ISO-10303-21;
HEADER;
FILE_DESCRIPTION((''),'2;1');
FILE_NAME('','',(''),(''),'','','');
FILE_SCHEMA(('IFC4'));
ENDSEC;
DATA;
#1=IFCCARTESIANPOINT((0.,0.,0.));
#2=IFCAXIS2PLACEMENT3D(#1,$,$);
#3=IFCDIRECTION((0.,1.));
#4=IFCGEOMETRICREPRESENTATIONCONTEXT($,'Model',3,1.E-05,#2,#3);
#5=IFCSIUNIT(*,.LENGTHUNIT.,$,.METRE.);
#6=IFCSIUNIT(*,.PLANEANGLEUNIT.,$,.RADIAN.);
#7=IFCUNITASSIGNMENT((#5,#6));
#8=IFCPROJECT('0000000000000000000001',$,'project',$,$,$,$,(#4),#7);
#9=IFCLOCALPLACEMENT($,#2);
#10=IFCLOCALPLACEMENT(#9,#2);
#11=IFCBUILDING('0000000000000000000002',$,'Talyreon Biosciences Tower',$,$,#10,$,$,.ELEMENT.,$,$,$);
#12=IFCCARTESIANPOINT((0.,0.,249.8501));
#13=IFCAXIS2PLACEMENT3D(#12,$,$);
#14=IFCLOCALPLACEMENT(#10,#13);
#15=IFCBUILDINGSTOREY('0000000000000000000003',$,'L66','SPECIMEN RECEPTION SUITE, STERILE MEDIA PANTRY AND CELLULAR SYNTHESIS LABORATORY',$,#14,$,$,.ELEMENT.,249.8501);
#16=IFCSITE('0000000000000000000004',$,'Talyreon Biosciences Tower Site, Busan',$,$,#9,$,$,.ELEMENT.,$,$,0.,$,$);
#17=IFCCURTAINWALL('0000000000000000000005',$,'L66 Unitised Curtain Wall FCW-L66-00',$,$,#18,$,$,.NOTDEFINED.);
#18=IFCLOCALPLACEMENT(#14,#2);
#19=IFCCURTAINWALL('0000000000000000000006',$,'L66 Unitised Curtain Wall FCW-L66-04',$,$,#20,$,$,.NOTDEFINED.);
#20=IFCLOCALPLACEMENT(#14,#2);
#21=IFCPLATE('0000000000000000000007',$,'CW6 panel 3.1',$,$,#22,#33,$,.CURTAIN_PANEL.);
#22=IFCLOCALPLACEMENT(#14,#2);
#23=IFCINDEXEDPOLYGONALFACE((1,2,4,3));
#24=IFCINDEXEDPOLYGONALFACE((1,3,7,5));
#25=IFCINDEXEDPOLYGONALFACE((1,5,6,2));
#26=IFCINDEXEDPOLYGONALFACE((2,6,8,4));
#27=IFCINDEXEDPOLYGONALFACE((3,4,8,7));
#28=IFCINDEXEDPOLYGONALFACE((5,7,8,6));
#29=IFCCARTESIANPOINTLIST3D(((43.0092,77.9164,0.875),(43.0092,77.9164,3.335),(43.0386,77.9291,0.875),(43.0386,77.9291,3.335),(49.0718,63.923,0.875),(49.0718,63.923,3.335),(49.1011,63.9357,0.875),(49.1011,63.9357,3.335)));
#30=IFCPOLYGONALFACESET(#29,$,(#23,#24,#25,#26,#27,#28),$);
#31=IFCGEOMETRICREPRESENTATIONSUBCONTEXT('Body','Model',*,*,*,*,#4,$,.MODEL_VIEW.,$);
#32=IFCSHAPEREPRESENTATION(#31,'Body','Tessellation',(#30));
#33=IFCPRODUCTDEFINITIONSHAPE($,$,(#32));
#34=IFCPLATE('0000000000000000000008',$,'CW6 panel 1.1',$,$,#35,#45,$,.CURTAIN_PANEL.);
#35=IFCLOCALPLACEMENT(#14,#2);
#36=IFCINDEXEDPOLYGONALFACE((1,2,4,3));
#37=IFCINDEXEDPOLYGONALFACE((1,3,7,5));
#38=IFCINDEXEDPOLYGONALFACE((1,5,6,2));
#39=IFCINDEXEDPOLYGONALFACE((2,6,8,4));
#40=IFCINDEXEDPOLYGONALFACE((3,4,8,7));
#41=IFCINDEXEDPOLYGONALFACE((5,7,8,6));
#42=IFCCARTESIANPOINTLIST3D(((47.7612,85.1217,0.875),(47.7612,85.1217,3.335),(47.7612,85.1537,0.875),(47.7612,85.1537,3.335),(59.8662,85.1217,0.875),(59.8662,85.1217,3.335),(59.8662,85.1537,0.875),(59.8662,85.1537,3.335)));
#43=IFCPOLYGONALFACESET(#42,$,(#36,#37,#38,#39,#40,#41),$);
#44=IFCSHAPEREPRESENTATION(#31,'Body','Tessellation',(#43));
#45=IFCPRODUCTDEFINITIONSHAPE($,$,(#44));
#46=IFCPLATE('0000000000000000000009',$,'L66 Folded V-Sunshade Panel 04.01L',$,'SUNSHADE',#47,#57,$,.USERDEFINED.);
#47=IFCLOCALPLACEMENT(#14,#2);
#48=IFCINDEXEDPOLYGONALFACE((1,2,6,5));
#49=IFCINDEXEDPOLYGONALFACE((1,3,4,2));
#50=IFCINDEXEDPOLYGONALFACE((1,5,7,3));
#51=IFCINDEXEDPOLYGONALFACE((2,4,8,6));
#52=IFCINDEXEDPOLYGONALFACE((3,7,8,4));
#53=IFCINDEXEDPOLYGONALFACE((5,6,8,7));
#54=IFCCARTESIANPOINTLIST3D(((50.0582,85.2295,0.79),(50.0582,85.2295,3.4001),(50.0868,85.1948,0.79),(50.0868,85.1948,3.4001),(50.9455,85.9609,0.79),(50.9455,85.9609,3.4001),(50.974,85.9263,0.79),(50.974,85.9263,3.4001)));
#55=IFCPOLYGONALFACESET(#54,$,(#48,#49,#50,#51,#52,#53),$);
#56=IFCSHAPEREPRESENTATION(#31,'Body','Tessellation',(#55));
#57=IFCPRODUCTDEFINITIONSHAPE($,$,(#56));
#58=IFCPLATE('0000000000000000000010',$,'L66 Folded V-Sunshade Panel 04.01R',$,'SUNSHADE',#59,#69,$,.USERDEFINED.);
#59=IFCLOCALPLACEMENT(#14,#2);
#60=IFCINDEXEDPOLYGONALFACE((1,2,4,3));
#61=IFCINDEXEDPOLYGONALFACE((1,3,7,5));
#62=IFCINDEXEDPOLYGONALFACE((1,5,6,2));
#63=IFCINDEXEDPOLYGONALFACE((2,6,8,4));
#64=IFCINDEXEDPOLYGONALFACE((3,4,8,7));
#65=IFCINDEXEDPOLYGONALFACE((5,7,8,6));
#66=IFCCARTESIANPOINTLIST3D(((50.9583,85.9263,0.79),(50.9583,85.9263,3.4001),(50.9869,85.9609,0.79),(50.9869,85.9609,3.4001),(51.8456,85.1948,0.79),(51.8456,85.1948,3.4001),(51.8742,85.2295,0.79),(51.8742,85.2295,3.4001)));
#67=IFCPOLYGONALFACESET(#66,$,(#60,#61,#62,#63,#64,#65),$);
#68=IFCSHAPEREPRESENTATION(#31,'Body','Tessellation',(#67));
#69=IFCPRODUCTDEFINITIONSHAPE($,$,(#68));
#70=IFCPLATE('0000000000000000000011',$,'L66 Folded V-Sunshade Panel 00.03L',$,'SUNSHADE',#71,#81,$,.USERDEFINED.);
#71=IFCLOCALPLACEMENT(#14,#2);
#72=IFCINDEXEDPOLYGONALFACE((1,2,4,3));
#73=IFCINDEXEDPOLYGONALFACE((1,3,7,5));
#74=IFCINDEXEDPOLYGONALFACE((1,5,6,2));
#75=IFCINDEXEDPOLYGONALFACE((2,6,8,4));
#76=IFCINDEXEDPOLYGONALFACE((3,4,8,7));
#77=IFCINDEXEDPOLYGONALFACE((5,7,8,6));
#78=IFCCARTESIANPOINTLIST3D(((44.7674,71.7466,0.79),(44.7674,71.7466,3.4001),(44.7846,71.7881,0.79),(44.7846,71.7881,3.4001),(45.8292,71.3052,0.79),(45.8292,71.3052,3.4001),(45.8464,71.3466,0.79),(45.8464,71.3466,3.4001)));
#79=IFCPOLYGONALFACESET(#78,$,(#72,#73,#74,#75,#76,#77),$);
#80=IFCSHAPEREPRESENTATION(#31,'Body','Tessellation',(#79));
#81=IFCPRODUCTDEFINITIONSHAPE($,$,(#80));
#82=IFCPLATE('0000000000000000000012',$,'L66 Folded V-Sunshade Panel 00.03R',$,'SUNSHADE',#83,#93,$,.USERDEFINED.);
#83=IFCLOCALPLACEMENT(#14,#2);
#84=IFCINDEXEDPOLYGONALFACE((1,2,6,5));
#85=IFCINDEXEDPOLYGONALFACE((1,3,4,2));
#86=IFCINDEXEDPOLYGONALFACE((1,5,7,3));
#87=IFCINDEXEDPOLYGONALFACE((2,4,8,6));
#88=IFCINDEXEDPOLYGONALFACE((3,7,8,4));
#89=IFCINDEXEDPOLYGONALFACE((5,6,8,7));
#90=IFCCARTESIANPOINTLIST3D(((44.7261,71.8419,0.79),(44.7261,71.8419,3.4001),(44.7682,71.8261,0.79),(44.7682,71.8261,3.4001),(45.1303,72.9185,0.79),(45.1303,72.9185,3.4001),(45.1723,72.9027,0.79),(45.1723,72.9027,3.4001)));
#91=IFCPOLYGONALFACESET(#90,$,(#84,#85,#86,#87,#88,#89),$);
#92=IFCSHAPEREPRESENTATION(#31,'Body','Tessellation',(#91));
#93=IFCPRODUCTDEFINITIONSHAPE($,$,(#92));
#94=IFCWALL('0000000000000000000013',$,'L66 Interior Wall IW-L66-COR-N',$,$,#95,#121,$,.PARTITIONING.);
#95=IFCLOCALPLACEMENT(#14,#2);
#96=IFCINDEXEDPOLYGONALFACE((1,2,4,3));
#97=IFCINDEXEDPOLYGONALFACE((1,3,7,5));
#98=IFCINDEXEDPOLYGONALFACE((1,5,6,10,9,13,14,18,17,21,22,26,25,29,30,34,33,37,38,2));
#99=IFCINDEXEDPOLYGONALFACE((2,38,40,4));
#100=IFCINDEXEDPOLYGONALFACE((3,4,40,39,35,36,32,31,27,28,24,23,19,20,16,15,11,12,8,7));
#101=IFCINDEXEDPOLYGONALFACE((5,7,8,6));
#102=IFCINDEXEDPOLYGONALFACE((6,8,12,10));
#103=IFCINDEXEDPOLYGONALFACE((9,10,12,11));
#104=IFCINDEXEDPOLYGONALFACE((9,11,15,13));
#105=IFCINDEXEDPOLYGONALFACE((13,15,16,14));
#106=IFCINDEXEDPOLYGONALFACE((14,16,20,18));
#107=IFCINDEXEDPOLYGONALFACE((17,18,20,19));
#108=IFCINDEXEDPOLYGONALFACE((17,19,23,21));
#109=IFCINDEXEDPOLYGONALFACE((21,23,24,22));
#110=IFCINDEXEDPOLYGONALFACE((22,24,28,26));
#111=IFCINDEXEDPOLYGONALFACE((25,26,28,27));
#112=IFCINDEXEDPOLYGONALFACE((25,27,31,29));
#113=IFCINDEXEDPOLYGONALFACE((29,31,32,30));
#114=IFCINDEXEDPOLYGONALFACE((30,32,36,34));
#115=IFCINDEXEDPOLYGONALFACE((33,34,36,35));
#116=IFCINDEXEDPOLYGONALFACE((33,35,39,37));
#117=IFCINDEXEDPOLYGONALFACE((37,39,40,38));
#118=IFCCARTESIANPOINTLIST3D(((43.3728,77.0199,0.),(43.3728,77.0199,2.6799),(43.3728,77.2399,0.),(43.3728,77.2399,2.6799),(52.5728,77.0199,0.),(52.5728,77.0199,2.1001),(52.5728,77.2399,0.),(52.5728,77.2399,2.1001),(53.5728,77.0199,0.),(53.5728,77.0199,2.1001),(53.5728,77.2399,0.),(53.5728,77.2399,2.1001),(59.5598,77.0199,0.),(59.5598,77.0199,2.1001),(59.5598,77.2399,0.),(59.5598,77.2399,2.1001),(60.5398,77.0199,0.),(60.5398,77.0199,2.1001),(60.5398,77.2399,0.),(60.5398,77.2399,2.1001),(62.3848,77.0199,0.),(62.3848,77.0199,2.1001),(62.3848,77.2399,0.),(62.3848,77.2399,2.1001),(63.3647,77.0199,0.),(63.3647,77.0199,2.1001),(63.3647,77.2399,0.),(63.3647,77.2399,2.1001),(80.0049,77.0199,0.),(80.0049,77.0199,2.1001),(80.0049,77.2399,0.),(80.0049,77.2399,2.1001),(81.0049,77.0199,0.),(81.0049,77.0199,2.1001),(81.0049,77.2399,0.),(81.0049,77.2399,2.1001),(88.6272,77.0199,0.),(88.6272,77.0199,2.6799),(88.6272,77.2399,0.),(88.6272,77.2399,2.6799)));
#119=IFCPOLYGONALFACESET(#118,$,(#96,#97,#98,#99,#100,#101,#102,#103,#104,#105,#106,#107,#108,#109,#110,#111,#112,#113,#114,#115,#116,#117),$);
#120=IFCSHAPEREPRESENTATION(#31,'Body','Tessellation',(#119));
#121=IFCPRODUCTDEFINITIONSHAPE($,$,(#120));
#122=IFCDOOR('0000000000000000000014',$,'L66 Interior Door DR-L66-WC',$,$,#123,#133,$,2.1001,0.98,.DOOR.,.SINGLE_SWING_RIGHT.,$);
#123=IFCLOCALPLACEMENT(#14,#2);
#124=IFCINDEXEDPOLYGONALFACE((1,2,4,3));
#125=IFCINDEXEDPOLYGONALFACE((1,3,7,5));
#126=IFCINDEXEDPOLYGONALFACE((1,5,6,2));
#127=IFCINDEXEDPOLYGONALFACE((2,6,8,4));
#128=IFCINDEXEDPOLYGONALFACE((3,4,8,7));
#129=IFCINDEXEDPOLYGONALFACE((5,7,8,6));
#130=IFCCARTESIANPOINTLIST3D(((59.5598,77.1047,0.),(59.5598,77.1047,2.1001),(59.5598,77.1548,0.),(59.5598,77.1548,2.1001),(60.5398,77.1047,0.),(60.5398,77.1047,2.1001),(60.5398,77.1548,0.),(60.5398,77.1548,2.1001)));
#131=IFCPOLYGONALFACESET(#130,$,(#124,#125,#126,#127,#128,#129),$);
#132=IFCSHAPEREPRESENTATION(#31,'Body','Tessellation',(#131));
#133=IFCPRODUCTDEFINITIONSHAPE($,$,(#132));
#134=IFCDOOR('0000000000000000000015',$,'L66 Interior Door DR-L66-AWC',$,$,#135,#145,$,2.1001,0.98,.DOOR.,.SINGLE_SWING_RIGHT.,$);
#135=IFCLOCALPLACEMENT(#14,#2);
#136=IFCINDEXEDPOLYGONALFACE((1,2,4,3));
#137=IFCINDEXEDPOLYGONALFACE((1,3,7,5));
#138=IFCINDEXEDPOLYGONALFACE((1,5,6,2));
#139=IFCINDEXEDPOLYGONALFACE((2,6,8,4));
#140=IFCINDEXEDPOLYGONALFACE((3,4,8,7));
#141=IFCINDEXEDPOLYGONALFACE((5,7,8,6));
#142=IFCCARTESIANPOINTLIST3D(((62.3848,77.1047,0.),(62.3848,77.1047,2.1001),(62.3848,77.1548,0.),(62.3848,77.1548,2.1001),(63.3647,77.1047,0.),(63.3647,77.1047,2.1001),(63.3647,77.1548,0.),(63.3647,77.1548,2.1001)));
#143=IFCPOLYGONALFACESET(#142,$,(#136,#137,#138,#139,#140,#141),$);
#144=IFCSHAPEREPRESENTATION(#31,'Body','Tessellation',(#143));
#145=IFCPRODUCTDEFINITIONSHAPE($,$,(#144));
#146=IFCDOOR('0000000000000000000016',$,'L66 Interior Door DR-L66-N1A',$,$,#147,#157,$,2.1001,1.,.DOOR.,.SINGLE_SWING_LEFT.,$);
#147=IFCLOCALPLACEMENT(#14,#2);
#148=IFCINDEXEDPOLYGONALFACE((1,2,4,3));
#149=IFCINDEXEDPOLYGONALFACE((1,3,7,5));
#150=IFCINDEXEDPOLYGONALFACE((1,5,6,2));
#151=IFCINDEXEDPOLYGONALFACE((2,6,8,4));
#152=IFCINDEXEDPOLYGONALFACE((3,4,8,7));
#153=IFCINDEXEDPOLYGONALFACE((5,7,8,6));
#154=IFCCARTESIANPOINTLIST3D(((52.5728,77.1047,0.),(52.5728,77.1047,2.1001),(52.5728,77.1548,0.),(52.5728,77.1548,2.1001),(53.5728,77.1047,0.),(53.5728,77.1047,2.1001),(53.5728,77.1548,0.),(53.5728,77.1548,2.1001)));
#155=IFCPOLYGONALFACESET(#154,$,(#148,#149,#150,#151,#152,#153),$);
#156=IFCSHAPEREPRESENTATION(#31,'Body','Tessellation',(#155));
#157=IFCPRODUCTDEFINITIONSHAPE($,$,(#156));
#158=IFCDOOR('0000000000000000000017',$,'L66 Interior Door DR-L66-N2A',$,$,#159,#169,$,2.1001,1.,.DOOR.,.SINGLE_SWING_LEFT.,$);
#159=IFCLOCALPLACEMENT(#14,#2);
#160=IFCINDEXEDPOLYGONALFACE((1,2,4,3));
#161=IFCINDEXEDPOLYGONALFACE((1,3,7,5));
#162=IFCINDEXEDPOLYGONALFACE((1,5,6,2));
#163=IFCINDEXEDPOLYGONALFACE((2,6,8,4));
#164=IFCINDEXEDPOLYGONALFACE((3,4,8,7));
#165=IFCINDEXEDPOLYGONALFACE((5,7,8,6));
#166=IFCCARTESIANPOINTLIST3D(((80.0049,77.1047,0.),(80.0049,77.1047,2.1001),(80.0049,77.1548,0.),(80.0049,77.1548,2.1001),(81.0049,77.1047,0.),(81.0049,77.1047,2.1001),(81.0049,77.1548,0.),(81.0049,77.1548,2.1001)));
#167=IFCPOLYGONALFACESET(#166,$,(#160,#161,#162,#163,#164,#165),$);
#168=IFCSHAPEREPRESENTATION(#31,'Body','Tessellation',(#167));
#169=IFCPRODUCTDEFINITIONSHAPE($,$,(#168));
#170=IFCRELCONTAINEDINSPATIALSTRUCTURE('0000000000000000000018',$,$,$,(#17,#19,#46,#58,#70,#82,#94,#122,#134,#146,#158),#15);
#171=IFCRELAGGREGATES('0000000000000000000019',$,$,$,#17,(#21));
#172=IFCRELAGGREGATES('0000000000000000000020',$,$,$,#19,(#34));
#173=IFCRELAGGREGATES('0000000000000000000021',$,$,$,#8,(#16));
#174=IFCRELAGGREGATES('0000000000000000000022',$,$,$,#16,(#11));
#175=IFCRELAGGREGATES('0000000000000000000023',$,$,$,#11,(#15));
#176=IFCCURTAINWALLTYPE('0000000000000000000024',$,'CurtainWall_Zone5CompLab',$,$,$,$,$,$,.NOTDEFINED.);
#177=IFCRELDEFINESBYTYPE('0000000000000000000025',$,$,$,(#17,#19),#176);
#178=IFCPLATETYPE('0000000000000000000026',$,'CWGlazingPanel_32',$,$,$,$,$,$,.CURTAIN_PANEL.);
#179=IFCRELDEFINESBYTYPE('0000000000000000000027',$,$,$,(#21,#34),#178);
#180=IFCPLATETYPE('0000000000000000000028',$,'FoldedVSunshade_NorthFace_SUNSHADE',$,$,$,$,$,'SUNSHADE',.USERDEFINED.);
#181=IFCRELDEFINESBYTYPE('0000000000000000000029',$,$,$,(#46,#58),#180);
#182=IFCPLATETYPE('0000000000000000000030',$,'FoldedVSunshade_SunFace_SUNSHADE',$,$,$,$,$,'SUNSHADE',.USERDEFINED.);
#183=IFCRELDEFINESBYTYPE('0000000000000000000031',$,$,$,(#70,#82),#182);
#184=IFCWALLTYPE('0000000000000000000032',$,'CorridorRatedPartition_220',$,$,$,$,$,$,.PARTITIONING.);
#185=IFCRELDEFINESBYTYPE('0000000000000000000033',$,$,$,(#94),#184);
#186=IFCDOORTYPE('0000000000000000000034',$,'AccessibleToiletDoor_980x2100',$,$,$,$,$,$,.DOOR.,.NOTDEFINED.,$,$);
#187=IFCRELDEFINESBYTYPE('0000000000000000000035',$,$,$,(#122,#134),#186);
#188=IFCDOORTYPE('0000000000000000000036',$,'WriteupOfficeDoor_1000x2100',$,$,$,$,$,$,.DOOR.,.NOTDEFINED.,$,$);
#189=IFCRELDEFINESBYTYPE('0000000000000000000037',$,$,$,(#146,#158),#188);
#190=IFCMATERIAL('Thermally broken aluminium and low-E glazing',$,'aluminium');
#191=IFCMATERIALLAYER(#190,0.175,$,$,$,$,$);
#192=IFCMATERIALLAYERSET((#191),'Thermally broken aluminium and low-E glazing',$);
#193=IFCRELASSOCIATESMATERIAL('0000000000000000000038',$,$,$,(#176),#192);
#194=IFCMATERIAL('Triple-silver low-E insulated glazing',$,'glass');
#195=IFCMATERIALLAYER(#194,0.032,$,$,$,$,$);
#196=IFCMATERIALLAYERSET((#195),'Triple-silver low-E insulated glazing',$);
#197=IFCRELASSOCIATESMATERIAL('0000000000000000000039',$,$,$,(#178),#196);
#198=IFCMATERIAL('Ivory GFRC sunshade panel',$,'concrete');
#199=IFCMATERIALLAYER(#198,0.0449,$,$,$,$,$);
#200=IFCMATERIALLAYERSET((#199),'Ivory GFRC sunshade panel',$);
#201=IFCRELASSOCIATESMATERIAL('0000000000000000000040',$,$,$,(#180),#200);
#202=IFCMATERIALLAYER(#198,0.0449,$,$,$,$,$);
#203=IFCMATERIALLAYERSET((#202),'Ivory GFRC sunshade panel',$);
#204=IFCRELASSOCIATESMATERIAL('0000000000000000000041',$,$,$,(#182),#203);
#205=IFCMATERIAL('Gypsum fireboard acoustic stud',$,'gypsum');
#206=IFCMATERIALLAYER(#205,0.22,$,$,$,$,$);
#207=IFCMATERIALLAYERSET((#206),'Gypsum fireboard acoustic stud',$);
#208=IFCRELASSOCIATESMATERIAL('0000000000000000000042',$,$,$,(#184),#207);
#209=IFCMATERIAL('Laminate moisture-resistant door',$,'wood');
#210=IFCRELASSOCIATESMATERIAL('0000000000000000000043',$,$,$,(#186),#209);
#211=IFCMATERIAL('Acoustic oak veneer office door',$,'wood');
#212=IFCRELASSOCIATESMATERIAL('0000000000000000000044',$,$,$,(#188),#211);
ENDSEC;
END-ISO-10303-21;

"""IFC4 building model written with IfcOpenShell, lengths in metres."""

from ifc_helpers import new_model, si_unit, direction, frame, frame_2d, origin, origin_2d, place, context, subcontext, project, spatial, rectangle, extrude, material, layer, layer_set, type_object, element, fill, aggregate, save


model = new_model("IFC4")

# Units and contexts
model_context = context("Model", 3, precision=1e-05, world=origin(), true_north=direction((0.0, 1.0)))
body_context = subcontext(model_context, "Body", "Model", "MODEL_VIEW")
ifc_project = project(units=[si_unit("LENGTHUNIT", "METRE"), si_unit("PLANEANGLEUNIT", "RADIAN")], contexts=[model_context])

# Site, building, storey
site_placement = place(None, origin())
site = spatial("IfcSite", under=ifc_project, at=site_placement, Name="Talyreon Biosciences Tower Site, Busan", CompositionType="ELEMENT", RefElevation=0.0)
building_placement = place(site_placement, origin())
building = spatial("IfcBuilding", under=site, at=building_placement, Name="Talyreon Biosciences Tower", CompositionType="ELEMENT")
storey_placement = place(building_placement, frame((0.0, 0.0, 249.8501)))
storey = spatial("IfcBuildingStorey", under=building, at=storey_placement, Name="L66", Description="SPECIMEN RECEPTION SUITE, STERILE MEDIA PANTRY AND CELLULAR SYNTHESIS LABORATORY", CompositionType="ELEMENT", Elevation=249.8501)

# Curtain wall
ifc_material_1 = material(Name="Thermally broken aluminium and low-E glazing", Category="aluminium")
ifc_layer_1 = layer(ifc_material_1, 0.175)
ifc_layer_set_1 = layer_set([ifc_layer_1], Name="Thermally broken aluminium and low-E glazing")
curtain_wall_type = type_object("IfcCurtainWallType", Name="CurtainWall_Zone5CompLab", PredefinedType="NOTDEFINED", material=ifc_layer_set_1)
curtain_wall_1_placement = place(storey_placement, origin())
curtain_wall_1 = element("IfcCurtainWall", 1, at=curtain_wall_1_placement, inside=storey, type_object=curtain_wall_type, Name="L66 Unitised Curtain Wall FCW-L66-00", PredefinedType="NOTDEFINED")

# Curtain wall
curtain_wall_2_placement = place(storey_placement, origin())
curtain_wall_2 = element("IfcCurtainWall", 2, at=curtain_wall_2_placement, inside=storey, type_object=curtain_wall_type, Name="L66 Unitised Curtain Wall FCW-L66-04", PredefinedType="NOTDEFINED")

# Plates
ifc_material_2 = material(Name="Triple-silver low-E insulated glazing", Category="glass")
ifc_layer_2 = layer(ifc_material_2, 0.032)
ifc_layer_set_2 = layer_set([ifc_layer_2], Name="Triple-silver low-E insulated glazing")
plate_type_1 = type_object("IfcPlateType", Name="CWGlazingPanel_32", PredefinedType="CURTAIN_PANEL", material=ifc_layer_set_2)
plate_1_placement = place(storey_placement, frame((46.0552, 70.926, 0.875), z_axis=(0.0, 0.0, 1.0), x_axis=(-0.397537, 0.917586, 0.0)))
plate_1 = element("IfcPlate", 3, at=plate_1_placement, type_object=plate_type_1, Name="CW6 panel 3.1", PredefinedType="CURTAIN_PANEL", context=body_context, shape_type="SweptSolid", body=[
    extrude(rectangle(XDim=15.2502, YDim=0.032, at=origin_2d()), origin(), (0.0, 0.0, 1.0), 2.46),
])
aggregate(curtain_wall_1, [plate_1])
plate_2_placement = place(storey_placement, frame((53.8137, 85.1377, 0.875), z_axis=(0.0, 0.0, 1.0), x_axis=(1.0, 0.0, 0.0)))
plate_2 = element("IfcPlate", 4, at=plate_2_placement, type_object=plate_type_1, Name="CW6 panel 1.1", PredefinedType="CURTAIN_PANEL", context=body_context, shape_type="SweptSolid", body=[
    extrude(rectangle(XDim=12.105, YDim=0.032, at=origin_2d()), origin(), (0.0, 0.0, 1.0), 2.46),
])
aggregate(curtain_wall_2, [plate_2])

# Plates
ifc_material_3 = material(Name="Ivory GFRC sunshade panel", Category="concrete")
ifc_layer_3 = layer(ifc_material_3, 0.0449)
ifc_layer_set_3 = layer_set([ifc_layer_3], Name="Ivory GFRC sunshade panel")
plate_type_2 = type_object("IfcPlateType", Name="FoldedVSunshade_NorthFace_SUNSHADE", ElementType="SUNSHADE", PredefinedType="USERDEFINED", material=ifc_layer_set_3)
for number, where, z_axis, x_axis, name in (
    (5, (50.5161, 85.5779, 0.79), (0.0, 0.0, 1.0), (0.771625, 0.636078, 0.0), "L66 Folded V-Sunshade Panel 04.01L"),
    (6, (51.4163, 85.5779, 0.79), (0.0, 0.0, 1.0), (0.771625, -0.636078, 0.0), "L66 Folded V-Sunshade Panel 04.01R"),
):
    element("IfcPlate", number, at=place(storey_placement, frame(where, z_axis=z_axis, x_axis=x_axis)), inside=storey, type_object=plate_type_2, Name=name, ObjectType="SUNSHADE", PredefinedType="USERDEFINED", context=body_context, shape_type="SweptSolid", body=[
        extrude(rectangle(XDim=1.1499, YDim=0.0449, at=origin_2d()), origin(), (0.0, 0.0, 1.0), 2.6101),
    ])
ifc_layer_4 = layer(ifc_material_3, 0.0449)
ifc_layer_set_4 = layer_set([ifc_layer_4], Name="Ivory GFRC sunshade panel")
plate_type_3 = type_object("IfcPlateType", Name="FoldedVSunshade_SunFace_SUNSHADE", ElementType="SUNSHADE", PredefinedType="USERDEFINED", material=ifc_layer_set_4)
for number, where, z_axis, x_axis, name in (
    (7, (45.3069, 71.5466, 0.79), (0.0, 0.0, 1.0), (-0.923371, 0.383909, 0.0), "L66 Folded V-Sunshade Panel 00.03L"),
    (8, (44.9492, 72.3723, 0.79), (0.0, 0.0, 1.0), (0.35145, 0.936207, 0.0), "L66 Folded V-Sunshade Panel 00.03R"),
):
    element("IfcPlate", number, at=place(storey_placement, frame(where, z_axis=z_axis, x_axis=x_axis)), inside=storey, type_object=plate_type_3, Name=name, ObjectType="SUNSHADE", PredefinedType="USERDEFINED", context=body_context, shape_type="SweptSolid", body=[
        extrude(rectangle(XDim=1.1499, YDim=0.0449, at=origin_2d()), origin(), (0.0, 0.0, 1.0), 2.6101),
    ])

# Wall, openings, doors
ifc_material_4 = material(Name="Gypsum fireboard acoustic stud", Category="gypsum")
ifc_layer_5 = layer(ifc_material_4, 0.22)
ifc_layer_set_5 = layer_set([ifc_layer_5], Name="Gypsum fireboard acoustic stud")
wall_type_1 = type_object("IfcWallType", Name="CorridorRatedPartition_220", PredefinedType="PARTITIONING", material=ifc_layer_set_5)
wall_1_placement = place(storey_placement, frame((43.3728, 77.1299, 0.0), z_axis=(0.0, 0.0, 1.0), x_axis=(1.0, 0.0, 0.0)))
wall_1 = element("IfcWall", 9, at=wall_1_placement, inside=storey, type_object=wall_type_1, Name="L66 Interior Wall IW-L66-COR-N", PredefinedType="PARTITIONING", context=body_context, shape_type="SweptSolid", body=[
    extrude(rectangle(XDim=45.2544, YDim=0.22, at=frame_2d((22.6272, 0.0))), origin(), (0.0, 0.0, 1.0), 2.6799),
])
opening_1_placement = place(wall_1_placement, frame((16.187, 0.0, 0.0)))
opening_1 = element("IfcOpeningElement", 10, at=opening_1_placement, cuts=wall_1, PredefinedType="OPENING", context=body_context, shape_type="SweptSolid", body=[
    extrude(rectangle(XDim=0.98, YDim=2.1001, at=frame_2d((0.49, 1.05))), frame((0.0, 0.1199, 0.0), z_axis=(0.0, -1.0, 0.0), x_axis=(1.0, 0.0, 0.0)), (0.0, 0.0, 1.0), 0.24),
])
opening_2_placement = place(wall_1_placement, frame((19.012, 0.0, 0.0)))
opening_2 = element("IfcOpeningElement", 11, at=opening_2_placement, cuts=wall_1, PredefinedType="OPENING", context=body_context, shape_type="SweptSolid", body=[
    extrude(rectangle(XDim=0.98, YDim=2.1001, at=frame_2d((0.49, 1.05))), frame((0.0, 0.1199, 0.0), z_axis=(0.0, -1.0, 0.0), x_axis=(1.0, 0.0, 0.0)), (0.0, 0.0, 1.0), 0.24),
])
opening_3_placement = place(wall_1_placement, frame((9.2, 0.0, 0.0)))
opening_3 = element("IfcOpeningElement", 12, at=opening_3_placement, cuts=wall_1, PredefinedType="OPENING", context=body_context, shape_type="SweptSolid", body=[
    extrude(rectangle(XDim=1.0, YDim=2.1001, at=frame_2d((0.5, 1.05))), frame((0.0, 0.1199, 0.0), z_axis=(0.0, -1.0, 0.0), x_axis=(1.0, 0.0, 0.0)), (0.0, 0.0, 1.0), 0.24),
])
opening_4_placement = place(wall_1_placement, frame((36.6321, 0.0, 0.0)))
opening_4 = element("IfcOpeningElement", 13, at=opening_4_placement, cuts=wall_1, PredefinedType="OPENING", context=body_context, shape_type="SweptSolid", body=[
    extrude(rectangle(XDim=1.0, YDim=2.1001, at=frame_2d((0.5, 1.05))), frame((0.0, 0.1199, 0.0), z_axis=(0.0, -1.0, 0.0), x_axis=(1.0, 0.0, 0.0)), (0.0, 0.0, 1.0), 0.24),
])
ifc_material_5 = material(Name="Laminate moisture-resistant door", Category="wood")
door_type_1 = type_object("IfcDoorType", Name="AccessibleToiletDoor_980x2100", OperationType="NOTDEFINED", PredefinedType="DOOR", material=ifc_material_5)
door_1_placement = place(opening_1_placement, origin())
door_1 = element("IfcDoor", 14, at=door_1_placement, inside=storey, type_object=door_type_1, Name="L66 Interior Door DR-L66-WC", OperationType="SINGLE_SWING_RIGHT", OverallHeight=2.1001, OverallWidth=0.98, PredefinedType="DOOR", context=body_context, shape_type="SweptSolid", body=[
    extrude(rectangle(XDim=0.98, YDim=2.1001, at=frame_2d((0.49, 1.05))), frame((0.0, 0.0249, 0.0), z_axis=(0.0, -1.0, 0.0), x_axis=(1.0, 0.0, 0.0)), (0.0, 0.0, 1.0), 0.05),
])
fill(opening_1, door_1)
door_2_placement = place(opening_2_placement, origin())
door_2 = element("IfcDoor", 15, at=door_2_placement, inside=storey, type_object=door_type_1, Name="L66 Interior Door DR-L66-AWC", OperationType="SINGLE_SWING_RIGHT", OverallHeight=2.1001, OverallWidth=0.98, PredefinedType="DOOR", context=body_context, shape_type="SweptSolid", body=[
    extrude(rectangle(XDim=0.98, YDim=2.1001, at=frame_2d((0.49, 1.05))), frame((0.0, 0.0249, 0.0), z_axis=(0.0, -1.0, 0.0), x_axis=(1.0, 0.0, 0.0)), (0.0, 0.0, 1.0), 0.05),
])
fill(opening_2, door_2)
ifc_material_6 = material(Name="Acoustic oak veneer office door", Category="wood")
door_type_2 = type_object("IfcDoorType", Name="WriteupOfficeDoor_1000x2100", OperationType="NOTDEFINED", PredefinedType="DOOR", material=ifc_material_6)
door_3_placement = place(opening_3_placement, origin())
door_3 = element("IfcDoor", 16, at=door_3_placement, inside=storey, type_object=door_type_2, Name="L66 Interior Door DR-L66-N1A", OperationType="SINGLE_SWING_LEFT", OverallHeight=2.1001, OverallWidth=1.0, PredefinedType="DOOR", context=body_context, shape_type="SweptSolid", body=[
    extrude(rectangle(XDim=1.0, YDim=2.1001, at=frame_2d((0.5, 1.05))), frame((0.0, 0.0249, 0.0), z_axis=(0.0, -1.0, 0.0), x_axis=(1.0, 0.0, 0.0)), (0.0, 0.0, 1.0), 0.05),
])
fill(opening_3, door_3)
door_4_placement = place(opening_4_placement, origin())
door_4 = element("IfcDoor", 17, at=door_4_placement, inside=storey, type_object=door_type_2, Name="L66 Interior Door DR-L66-N2A", OperationType="SINGLE_SWING_LEFT", OverallHeight=2.1001, OverallWidth=1.0, PredefinedType="DOOR", context=body_context, shape_type="SweptSolid", body=[
    extrude(rectangle(XDim=1.0, YDim=2.1001, at=frame_2d((0.5, 1.05))), frame((0.0, 0.0249, 0.0), z_axis=(0.0, -1.0, 0.0), x_axis=(1.0, 0.0, 0.0)), (0.0, 0.0, 1.0), 0.05),
])
fill(opening_4, door_4)

save(model, "model.ifc")
